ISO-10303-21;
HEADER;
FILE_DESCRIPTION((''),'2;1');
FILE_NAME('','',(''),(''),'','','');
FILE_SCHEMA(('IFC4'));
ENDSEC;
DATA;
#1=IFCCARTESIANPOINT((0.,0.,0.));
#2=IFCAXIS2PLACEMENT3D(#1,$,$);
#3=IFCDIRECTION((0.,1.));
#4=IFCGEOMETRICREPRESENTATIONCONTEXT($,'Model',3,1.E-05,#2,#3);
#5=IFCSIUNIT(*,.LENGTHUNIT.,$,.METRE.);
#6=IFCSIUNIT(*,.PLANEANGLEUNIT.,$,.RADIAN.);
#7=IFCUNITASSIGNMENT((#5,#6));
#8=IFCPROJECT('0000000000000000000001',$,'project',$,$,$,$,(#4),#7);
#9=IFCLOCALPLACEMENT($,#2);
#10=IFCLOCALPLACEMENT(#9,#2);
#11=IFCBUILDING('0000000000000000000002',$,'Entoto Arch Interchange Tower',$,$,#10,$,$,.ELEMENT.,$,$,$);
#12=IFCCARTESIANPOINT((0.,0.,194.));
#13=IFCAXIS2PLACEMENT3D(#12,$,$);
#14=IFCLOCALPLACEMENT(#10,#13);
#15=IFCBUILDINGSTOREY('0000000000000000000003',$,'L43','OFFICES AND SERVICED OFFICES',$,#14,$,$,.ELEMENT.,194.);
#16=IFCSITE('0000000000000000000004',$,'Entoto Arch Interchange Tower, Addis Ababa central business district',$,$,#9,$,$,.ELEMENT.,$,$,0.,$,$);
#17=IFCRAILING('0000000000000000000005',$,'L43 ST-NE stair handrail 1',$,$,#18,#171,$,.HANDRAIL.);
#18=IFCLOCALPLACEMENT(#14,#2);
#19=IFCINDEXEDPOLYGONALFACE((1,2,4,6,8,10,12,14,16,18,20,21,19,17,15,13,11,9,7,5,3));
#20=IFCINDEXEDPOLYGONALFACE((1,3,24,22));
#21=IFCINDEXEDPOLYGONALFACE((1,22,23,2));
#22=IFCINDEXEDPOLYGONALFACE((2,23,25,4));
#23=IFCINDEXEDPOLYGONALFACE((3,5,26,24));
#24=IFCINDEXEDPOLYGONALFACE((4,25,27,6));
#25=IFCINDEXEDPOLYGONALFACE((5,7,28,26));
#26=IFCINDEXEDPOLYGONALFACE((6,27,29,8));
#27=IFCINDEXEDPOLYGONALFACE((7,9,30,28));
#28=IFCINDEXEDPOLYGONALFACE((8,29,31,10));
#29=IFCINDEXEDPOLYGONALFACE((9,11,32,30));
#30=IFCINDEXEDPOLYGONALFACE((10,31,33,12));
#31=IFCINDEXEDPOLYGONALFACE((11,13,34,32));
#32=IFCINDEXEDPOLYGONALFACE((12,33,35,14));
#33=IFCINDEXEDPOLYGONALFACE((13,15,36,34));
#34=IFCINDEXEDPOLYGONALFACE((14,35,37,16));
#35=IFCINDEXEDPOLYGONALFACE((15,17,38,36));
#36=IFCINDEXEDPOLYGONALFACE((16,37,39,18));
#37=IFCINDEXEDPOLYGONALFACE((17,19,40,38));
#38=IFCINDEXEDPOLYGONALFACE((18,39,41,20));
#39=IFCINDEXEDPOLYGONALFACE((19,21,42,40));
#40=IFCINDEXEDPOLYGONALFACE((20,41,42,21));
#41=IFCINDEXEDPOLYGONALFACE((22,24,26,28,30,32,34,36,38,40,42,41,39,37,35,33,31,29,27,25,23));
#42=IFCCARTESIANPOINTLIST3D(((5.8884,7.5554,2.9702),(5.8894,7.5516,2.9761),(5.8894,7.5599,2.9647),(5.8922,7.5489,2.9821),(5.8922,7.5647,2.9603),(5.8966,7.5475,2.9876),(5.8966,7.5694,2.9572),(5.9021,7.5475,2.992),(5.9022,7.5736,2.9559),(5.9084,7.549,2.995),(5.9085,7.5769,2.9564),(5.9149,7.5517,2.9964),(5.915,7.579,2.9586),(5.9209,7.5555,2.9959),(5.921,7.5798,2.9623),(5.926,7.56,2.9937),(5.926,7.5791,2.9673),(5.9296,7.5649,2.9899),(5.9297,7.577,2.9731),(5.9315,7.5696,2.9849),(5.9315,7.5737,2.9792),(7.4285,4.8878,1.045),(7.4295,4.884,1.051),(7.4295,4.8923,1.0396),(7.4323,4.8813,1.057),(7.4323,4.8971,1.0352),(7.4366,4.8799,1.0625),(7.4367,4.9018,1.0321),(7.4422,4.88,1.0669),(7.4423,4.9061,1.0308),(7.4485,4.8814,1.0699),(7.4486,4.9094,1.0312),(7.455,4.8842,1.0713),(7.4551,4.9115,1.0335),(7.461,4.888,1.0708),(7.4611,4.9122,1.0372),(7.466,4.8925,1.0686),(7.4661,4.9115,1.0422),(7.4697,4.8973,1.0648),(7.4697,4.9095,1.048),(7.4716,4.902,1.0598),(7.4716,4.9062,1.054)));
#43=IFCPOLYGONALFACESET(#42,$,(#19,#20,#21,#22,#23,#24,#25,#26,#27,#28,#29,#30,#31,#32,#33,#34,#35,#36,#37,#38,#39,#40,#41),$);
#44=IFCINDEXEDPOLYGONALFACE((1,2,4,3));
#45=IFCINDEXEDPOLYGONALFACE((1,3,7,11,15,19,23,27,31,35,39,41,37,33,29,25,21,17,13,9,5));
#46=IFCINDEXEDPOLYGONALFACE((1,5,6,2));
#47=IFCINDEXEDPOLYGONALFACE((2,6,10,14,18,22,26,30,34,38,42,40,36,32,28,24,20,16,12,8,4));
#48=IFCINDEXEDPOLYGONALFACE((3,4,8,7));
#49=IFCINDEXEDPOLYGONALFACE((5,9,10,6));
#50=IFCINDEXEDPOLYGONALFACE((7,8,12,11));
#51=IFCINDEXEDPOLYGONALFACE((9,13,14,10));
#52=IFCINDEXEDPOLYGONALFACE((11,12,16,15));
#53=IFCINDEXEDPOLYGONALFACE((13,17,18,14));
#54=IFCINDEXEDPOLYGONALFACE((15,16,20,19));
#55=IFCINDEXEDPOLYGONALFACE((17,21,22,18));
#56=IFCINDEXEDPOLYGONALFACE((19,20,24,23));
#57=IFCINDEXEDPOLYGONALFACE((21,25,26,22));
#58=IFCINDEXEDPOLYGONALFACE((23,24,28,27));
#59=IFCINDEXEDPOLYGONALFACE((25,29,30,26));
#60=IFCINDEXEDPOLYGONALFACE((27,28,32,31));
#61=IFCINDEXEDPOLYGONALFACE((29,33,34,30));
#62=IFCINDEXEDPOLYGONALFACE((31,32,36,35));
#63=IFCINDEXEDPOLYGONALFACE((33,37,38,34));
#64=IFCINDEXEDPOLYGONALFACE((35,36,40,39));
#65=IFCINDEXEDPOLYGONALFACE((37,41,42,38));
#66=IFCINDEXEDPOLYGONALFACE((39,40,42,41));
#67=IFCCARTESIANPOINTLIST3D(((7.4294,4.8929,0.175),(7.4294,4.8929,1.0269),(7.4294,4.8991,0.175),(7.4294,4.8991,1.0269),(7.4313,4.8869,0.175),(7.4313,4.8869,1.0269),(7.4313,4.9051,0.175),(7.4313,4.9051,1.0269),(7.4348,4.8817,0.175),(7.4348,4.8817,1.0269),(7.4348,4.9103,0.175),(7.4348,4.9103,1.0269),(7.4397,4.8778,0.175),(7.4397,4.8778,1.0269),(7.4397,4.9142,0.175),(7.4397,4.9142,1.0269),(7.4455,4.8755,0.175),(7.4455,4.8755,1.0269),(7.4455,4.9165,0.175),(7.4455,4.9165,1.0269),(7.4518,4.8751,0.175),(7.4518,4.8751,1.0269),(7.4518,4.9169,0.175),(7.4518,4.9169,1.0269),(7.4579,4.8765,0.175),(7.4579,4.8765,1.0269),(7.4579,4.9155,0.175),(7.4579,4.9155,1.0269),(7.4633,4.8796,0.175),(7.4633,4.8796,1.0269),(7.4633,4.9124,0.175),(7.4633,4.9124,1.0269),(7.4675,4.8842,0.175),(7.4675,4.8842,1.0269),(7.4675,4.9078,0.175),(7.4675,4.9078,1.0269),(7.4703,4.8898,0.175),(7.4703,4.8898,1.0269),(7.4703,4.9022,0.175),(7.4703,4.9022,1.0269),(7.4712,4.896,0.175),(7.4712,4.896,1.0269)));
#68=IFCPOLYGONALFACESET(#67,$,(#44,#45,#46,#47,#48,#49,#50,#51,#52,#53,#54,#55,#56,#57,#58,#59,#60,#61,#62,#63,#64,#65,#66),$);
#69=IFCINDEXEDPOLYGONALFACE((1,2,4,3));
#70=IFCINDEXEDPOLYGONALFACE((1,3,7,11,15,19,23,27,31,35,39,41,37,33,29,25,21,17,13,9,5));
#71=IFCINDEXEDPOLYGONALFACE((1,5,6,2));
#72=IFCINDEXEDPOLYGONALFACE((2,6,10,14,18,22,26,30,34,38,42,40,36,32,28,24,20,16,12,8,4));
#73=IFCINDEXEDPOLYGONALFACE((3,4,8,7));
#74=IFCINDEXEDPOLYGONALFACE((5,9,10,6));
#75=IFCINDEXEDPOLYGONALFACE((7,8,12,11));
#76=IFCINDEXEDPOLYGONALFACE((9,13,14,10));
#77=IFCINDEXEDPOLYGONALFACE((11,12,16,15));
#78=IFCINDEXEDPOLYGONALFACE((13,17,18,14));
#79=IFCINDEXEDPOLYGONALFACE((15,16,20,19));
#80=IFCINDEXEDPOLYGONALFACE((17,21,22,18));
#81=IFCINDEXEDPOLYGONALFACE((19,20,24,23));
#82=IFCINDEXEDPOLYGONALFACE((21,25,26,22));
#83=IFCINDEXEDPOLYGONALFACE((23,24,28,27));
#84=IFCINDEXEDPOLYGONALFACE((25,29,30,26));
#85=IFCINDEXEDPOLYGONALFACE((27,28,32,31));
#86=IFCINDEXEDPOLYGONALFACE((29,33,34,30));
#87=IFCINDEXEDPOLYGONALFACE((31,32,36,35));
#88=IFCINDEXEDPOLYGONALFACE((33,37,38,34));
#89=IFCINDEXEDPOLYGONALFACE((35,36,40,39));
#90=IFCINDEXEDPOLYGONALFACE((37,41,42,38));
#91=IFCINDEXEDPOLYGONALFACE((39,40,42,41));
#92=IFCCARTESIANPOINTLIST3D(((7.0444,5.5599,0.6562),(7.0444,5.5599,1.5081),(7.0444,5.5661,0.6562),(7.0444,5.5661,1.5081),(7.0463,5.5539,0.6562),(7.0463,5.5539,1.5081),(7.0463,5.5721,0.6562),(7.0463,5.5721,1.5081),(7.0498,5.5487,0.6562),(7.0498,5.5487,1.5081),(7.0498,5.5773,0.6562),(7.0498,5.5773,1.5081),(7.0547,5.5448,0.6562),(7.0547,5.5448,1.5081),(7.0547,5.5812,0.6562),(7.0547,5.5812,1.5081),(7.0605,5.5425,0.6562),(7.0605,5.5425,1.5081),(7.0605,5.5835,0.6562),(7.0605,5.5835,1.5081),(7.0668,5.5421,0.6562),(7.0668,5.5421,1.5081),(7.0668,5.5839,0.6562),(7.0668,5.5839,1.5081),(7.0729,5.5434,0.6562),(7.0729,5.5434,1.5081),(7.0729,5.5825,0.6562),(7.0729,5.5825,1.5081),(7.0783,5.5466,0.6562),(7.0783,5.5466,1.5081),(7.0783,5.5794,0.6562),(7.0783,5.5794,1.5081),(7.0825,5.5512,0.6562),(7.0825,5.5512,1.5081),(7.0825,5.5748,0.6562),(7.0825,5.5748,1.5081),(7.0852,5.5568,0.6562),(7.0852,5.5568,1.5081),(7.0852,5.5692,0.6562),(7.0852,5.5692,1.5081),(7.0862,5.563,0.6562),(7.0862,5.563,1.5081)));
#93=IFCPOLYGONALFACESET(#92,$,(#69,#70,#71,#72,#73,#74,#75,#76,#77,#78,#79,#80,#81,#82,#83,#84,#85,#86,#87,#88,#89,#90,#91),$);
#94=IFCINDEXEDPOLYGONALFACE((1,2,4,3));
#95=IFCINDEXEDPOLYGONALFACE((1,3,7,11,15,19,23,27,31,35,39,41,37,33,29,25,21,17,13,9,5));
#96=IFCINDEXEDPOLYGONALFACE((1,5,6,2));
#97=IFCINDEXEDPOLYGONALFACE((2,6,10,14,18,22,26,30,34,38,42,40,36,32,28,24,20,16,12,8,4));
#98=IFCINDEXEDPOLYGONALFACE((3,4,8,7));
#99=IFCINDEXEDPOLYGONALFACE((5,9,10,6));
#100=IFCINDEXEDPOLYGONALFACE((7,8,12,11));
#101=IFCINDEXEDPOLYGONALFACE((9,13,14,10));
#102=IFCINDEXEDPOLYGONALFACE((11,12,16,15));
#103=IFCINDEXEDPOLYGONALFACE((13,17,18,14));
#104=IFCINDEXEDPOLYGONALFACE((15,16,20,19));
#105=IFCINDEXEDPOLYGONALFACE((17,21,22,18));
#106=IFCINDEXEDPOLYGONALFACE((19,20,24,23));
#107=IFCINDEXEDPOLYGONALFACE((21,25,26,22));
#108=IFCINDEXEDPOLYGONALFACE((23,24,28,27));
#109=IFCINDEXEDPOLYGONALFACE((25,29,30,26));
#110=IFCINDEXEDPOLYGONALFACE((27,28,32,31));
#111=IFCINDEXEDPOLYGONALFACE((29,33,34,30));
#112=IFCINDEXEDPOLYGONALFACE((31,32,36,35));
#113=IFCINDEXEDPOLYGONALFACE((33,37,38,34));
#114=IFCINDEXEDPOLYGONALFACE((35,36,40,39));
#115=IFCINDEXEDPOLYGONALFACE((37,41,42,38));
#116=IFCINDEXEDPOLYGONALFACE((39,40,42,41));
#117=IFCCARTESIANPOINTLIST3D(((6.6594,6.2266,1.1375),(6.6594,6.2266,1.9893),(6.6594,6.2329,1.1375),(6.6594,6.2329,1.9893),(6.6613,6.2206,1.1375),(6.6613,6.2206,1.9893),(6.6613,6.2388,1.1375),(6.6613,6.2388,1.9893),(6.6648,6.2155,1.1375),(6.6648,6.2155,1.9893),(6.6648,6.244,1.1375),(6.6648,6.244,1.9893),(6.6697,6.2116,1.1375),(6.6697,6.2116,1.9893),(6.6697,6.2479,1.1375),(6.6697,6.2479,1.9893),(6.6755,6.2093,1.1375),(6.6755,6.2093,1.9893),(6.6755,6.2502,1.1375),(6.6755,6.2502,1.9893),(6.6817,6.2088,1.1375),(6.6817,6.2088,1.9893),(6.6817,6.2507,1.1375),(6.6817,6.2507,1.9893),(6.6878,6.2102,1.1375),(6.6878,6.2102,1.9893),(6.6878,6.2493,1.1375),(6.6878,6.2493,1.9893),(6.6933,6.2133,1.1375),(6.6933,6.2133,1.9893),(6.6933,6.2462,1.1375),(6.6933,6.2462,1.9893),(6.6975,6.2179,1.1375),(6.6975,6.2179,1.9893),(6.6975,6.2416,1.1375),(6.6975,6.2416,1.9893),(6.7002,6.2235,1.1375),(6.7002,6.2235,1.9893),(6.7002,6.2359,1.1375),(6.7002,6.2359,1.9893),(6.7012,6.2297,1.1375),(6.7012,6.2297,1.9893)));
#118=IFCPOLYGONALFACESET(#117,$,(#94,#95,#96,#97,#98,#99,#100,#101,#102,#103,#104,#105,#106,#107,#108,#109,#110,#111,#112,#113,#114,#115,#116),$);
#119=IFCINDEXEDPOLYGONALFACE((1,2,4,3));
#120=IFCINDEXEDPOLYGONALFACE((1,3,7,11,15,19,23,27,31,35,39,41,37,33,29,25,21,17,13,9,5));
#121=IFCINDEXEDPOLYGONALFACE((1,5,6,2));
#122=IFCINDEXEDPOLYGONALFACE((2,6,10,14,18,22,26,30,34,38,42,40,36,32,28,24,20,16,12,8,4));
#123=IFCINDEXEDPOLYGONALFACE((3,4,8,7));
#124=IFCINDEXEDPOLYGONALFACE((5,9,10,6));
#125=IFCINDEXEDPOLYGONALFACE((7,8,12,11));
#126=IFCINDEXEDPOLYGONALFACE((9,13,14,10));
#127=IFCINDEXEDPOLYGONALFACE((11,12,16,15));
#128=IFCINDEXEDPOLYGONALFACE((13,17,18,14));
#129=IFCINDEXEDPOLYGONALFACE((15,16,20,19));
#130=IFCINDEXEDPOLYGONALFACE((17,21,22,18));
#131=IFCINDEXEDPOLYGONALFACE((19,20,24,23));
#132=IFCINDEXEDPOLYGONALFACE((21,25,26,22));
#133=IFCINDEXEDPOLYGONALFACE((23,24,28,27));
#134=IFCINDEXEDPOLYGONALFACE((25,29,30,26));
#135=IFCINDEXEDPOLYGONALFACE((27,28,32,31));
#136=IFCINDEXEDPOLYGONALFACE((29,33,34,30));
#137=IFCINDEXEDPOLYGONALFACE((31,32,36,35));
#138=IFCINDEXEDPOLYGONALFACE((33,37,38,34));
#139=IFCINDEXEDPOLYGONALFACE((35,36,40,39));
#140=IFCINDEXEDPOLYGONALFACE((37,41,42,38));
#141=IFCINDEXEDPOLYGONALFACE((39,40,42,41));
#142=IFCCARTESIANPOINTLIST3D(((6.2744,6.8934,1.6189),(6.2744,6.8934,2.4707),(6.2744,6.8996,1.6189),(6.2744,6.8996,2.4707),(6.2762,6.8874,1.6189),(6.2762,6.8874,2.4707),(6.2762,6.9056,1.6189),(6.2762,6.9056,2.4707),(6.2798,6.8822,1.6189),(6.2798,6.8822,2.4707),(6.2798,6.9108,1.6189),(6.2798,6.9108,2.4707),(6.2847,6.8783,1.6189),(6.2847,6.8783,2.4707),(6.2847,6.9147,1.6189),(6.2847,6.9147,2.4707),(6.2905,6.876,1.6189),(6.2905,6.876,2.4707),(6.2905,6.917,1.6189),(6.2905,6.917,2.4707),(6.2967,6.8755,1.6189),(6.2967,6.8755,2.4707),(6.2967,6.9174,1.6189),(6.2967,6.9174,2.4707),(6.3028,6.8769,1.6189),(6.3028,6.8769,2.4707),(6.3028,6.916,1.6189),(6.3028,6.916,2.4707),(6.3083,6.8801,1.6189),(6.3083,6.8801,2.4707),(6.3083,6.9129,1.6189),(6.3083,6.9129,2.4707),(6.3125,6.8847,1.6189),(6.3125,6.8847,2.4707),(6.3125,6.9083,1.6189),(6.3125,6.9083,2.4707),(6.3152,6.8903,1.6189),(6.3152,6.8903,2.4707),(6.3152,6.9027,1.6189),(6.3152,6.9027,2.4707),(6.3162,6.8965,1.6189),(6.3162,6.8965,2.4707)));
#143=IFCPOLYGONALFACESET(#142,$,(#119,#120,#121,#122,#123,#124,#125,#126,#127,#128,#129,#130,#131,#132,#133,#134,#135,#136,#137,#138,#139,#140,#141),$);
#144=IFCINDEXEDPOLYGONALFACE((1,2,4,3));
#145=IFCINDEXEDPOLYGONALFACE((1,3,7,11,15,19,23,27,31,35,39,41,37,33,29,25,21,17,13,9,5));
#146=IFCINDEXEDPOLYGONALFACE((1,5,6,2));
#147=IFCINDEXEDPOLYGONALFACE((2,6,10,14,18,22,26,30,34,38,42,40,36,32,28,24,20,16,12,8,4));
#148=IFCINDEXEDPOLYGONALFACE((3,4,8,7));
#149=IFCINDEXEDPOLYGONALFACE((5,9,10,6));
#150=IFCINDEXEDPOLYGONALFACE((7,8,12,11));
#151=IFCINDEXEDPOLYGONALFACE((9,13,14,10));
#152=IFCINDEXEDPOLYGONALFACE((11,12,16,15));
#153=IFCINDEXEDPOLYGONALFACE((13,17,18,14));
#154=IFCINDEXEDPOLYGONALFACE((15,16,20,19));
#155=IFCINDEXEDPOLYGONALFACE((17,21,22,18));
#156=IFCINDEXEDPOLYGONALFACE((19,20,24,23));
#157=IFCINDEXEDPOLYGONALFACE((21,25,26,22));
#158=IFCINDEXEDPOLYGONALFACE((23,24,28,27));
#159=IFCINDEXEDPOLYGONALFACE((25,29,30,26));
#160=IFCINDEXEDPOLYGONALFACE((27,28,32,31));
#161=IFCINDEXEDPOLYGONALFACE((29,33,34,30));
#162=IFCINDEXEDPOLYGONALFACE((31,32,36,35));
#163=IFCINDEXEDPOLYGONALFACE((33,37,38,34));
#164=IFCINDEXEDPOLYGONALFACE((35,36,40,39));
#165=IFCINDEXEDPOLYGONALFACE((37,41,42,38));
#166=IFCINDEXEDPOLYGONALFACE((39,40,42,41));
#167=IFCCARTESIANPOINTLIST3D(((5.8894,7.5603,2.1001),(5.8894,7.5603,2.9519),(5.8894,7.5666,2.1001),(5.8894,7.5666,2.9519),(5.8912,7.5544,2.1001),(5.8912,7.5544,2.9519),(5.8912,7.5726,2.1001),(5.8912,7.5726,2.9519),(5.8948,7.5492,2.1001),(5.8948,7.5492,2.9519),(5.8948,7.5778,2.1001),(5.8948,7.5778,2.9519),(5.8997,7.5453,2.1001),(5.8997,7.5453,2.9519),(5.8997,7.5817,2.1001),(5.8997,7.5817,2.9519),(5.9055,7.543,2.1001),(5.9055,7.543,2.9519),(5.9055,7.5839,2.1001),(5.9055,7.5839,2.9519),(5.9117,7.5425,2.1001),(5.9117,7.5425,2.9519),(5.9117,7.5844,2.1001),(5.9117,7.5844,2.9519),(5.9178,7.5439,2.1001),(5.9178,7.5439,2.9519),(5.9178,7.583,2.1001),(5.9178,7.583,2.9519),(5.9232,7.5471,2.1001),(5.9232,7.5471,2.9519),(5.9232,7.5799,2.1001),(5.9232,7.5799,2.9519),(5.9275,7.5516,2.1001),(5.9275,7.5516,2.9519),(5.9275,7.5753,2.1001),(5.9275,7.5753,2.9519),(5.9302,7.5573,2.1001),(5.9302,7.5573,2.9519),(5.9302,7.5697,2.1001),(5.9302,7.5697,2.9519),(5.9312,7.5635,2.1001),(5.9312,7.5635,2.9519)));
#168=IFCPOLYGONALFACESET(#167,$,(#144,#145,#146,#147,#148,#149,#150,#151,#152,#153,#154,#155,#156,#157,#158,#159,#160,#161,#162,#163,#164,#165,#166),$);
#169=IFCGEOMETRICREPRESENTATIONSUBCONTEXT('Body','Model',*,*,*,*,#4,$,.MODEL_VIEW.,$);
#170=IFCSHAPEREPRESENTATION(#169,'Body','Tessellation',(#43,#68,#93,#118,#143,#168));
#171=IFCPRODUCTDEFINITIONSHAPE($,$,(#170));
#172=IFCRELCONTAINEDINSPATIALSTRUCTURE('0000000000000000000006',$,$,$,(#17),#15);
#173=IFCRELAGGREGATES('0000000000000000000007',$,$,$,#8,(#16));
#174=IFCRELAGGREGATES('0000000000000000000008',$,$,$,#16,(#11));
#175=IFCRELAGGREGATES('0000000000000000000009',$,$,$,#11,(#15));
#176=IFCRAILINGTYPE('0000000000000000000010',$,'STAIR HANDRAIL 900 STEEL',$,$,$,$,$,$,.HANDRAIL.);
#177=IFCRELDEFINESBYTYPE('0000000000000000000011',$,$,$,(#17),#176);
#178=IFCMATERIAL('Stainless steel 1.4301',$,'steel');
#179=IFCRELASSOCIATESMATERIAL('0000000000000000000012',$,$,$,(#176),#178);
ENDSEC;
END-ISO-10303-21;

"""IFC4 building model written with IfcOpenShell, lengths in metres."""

from ifc_helpers import new_model, si_unit, direction, frame, origin, origin_2d, place, context, subcontext, project, spatial, circle, extrude, material, type_object, element, save


model = new_model("IFC4")

# Units and contexts
model_context = context("Model", 3, precision=1e-05, world=origin(), true_north=direction((0.0, 1.0)))
body_context = subcontext(model_context, "Body", "Model", "MODEL_VIEW")
ifc_project = project(units=[si_unit("LENGTHUNIT", "METRE"), si_unit("PLANEANGLEUNIT", "RADIAN")], contexts=[model_context])

# Site, building, storey
site_placement = place(None, origin())
site = spatial("IfcSite", under=ifc_project, at=site_placement, Name="Entoto Arch Interchange Tower, Addis Ababa central business district", CompositionType="ELEMENT", RefElevation=0.0)
building_placement = place(site_placement, origin())
building = spatial("IfcBuilding", under=site, at=building_placement, Name="Entoto Arch Interchange Tower", CompositionType="ELEMENT")
storey_placement = place(building_placement, frame((0.0, 0.0, 194.0)))
storey = spatial("IfcBuildingStorey", under=building, at=storey_placement, Name="L43", Description="OFFICES AND SERVICED OFFICES", CompositionType="ELEMENT", Elevation=194.0)

# Railing
ifc_material_1 = material(Name="Stainless steel 1.4301", Category="steel")
railing_type_1 = type_object("IfcRailingType", Name="STAIR HANDRAIL 900 STEEL", PredefinedType="HANDRAIL", material=ifc_material_1)
railing_1_placement = place(storey_placement, frame((7.4502, 4.896, 0.175)))
element("IfcRailing", 1, at=railing_1_placement, inside=storey, type_object=railing_type_1, Name="L43 ST-NE stair handrail 1", PredefinedType="HANDRAIL", context=body_context, shape_type="SweptSolid", body=[
    extrude(circle(Radius=0.0239, at=origin_2d()), frame((0.0, 0.0, 0.876), z_axis=(-0.423994, 0.734395, 0.529993), x_axis=(-0.86603, -0.499992, 0.0)), (0.0, 0.0, 1.0), 3.6323),
    extrude(circle(Radius=0.021, at=origin_2d()), origin(), (0.0, 0.0, 1.0), 0.8518),
    extrude(circle(Radius=0.021, at=origin_2d()), frame((-0.385, 0.667, 0.4812)), (0.0, 0.0, 1.0), 0.8518),
    extrude(circle(Radius=0.021, at=origin_2d()), frame((-0.77, 1.3337, 0.9624)), (0.0, 0.0, 1.0), 0.8518),
    extrude(circle(Radius=0.021, at=origin_2d()), frame((-1.155, 2.0005, 1.4438)), (0.0, 0.0, 1.0), 0.8518),
    extrude(circle(Radius=0.021, at=origin_2d()), frame((-1.54, 2.6675, 1.925)), (0.0, 0.0, 1.0), 0.8518),
])

save(model, "model.ifc")
